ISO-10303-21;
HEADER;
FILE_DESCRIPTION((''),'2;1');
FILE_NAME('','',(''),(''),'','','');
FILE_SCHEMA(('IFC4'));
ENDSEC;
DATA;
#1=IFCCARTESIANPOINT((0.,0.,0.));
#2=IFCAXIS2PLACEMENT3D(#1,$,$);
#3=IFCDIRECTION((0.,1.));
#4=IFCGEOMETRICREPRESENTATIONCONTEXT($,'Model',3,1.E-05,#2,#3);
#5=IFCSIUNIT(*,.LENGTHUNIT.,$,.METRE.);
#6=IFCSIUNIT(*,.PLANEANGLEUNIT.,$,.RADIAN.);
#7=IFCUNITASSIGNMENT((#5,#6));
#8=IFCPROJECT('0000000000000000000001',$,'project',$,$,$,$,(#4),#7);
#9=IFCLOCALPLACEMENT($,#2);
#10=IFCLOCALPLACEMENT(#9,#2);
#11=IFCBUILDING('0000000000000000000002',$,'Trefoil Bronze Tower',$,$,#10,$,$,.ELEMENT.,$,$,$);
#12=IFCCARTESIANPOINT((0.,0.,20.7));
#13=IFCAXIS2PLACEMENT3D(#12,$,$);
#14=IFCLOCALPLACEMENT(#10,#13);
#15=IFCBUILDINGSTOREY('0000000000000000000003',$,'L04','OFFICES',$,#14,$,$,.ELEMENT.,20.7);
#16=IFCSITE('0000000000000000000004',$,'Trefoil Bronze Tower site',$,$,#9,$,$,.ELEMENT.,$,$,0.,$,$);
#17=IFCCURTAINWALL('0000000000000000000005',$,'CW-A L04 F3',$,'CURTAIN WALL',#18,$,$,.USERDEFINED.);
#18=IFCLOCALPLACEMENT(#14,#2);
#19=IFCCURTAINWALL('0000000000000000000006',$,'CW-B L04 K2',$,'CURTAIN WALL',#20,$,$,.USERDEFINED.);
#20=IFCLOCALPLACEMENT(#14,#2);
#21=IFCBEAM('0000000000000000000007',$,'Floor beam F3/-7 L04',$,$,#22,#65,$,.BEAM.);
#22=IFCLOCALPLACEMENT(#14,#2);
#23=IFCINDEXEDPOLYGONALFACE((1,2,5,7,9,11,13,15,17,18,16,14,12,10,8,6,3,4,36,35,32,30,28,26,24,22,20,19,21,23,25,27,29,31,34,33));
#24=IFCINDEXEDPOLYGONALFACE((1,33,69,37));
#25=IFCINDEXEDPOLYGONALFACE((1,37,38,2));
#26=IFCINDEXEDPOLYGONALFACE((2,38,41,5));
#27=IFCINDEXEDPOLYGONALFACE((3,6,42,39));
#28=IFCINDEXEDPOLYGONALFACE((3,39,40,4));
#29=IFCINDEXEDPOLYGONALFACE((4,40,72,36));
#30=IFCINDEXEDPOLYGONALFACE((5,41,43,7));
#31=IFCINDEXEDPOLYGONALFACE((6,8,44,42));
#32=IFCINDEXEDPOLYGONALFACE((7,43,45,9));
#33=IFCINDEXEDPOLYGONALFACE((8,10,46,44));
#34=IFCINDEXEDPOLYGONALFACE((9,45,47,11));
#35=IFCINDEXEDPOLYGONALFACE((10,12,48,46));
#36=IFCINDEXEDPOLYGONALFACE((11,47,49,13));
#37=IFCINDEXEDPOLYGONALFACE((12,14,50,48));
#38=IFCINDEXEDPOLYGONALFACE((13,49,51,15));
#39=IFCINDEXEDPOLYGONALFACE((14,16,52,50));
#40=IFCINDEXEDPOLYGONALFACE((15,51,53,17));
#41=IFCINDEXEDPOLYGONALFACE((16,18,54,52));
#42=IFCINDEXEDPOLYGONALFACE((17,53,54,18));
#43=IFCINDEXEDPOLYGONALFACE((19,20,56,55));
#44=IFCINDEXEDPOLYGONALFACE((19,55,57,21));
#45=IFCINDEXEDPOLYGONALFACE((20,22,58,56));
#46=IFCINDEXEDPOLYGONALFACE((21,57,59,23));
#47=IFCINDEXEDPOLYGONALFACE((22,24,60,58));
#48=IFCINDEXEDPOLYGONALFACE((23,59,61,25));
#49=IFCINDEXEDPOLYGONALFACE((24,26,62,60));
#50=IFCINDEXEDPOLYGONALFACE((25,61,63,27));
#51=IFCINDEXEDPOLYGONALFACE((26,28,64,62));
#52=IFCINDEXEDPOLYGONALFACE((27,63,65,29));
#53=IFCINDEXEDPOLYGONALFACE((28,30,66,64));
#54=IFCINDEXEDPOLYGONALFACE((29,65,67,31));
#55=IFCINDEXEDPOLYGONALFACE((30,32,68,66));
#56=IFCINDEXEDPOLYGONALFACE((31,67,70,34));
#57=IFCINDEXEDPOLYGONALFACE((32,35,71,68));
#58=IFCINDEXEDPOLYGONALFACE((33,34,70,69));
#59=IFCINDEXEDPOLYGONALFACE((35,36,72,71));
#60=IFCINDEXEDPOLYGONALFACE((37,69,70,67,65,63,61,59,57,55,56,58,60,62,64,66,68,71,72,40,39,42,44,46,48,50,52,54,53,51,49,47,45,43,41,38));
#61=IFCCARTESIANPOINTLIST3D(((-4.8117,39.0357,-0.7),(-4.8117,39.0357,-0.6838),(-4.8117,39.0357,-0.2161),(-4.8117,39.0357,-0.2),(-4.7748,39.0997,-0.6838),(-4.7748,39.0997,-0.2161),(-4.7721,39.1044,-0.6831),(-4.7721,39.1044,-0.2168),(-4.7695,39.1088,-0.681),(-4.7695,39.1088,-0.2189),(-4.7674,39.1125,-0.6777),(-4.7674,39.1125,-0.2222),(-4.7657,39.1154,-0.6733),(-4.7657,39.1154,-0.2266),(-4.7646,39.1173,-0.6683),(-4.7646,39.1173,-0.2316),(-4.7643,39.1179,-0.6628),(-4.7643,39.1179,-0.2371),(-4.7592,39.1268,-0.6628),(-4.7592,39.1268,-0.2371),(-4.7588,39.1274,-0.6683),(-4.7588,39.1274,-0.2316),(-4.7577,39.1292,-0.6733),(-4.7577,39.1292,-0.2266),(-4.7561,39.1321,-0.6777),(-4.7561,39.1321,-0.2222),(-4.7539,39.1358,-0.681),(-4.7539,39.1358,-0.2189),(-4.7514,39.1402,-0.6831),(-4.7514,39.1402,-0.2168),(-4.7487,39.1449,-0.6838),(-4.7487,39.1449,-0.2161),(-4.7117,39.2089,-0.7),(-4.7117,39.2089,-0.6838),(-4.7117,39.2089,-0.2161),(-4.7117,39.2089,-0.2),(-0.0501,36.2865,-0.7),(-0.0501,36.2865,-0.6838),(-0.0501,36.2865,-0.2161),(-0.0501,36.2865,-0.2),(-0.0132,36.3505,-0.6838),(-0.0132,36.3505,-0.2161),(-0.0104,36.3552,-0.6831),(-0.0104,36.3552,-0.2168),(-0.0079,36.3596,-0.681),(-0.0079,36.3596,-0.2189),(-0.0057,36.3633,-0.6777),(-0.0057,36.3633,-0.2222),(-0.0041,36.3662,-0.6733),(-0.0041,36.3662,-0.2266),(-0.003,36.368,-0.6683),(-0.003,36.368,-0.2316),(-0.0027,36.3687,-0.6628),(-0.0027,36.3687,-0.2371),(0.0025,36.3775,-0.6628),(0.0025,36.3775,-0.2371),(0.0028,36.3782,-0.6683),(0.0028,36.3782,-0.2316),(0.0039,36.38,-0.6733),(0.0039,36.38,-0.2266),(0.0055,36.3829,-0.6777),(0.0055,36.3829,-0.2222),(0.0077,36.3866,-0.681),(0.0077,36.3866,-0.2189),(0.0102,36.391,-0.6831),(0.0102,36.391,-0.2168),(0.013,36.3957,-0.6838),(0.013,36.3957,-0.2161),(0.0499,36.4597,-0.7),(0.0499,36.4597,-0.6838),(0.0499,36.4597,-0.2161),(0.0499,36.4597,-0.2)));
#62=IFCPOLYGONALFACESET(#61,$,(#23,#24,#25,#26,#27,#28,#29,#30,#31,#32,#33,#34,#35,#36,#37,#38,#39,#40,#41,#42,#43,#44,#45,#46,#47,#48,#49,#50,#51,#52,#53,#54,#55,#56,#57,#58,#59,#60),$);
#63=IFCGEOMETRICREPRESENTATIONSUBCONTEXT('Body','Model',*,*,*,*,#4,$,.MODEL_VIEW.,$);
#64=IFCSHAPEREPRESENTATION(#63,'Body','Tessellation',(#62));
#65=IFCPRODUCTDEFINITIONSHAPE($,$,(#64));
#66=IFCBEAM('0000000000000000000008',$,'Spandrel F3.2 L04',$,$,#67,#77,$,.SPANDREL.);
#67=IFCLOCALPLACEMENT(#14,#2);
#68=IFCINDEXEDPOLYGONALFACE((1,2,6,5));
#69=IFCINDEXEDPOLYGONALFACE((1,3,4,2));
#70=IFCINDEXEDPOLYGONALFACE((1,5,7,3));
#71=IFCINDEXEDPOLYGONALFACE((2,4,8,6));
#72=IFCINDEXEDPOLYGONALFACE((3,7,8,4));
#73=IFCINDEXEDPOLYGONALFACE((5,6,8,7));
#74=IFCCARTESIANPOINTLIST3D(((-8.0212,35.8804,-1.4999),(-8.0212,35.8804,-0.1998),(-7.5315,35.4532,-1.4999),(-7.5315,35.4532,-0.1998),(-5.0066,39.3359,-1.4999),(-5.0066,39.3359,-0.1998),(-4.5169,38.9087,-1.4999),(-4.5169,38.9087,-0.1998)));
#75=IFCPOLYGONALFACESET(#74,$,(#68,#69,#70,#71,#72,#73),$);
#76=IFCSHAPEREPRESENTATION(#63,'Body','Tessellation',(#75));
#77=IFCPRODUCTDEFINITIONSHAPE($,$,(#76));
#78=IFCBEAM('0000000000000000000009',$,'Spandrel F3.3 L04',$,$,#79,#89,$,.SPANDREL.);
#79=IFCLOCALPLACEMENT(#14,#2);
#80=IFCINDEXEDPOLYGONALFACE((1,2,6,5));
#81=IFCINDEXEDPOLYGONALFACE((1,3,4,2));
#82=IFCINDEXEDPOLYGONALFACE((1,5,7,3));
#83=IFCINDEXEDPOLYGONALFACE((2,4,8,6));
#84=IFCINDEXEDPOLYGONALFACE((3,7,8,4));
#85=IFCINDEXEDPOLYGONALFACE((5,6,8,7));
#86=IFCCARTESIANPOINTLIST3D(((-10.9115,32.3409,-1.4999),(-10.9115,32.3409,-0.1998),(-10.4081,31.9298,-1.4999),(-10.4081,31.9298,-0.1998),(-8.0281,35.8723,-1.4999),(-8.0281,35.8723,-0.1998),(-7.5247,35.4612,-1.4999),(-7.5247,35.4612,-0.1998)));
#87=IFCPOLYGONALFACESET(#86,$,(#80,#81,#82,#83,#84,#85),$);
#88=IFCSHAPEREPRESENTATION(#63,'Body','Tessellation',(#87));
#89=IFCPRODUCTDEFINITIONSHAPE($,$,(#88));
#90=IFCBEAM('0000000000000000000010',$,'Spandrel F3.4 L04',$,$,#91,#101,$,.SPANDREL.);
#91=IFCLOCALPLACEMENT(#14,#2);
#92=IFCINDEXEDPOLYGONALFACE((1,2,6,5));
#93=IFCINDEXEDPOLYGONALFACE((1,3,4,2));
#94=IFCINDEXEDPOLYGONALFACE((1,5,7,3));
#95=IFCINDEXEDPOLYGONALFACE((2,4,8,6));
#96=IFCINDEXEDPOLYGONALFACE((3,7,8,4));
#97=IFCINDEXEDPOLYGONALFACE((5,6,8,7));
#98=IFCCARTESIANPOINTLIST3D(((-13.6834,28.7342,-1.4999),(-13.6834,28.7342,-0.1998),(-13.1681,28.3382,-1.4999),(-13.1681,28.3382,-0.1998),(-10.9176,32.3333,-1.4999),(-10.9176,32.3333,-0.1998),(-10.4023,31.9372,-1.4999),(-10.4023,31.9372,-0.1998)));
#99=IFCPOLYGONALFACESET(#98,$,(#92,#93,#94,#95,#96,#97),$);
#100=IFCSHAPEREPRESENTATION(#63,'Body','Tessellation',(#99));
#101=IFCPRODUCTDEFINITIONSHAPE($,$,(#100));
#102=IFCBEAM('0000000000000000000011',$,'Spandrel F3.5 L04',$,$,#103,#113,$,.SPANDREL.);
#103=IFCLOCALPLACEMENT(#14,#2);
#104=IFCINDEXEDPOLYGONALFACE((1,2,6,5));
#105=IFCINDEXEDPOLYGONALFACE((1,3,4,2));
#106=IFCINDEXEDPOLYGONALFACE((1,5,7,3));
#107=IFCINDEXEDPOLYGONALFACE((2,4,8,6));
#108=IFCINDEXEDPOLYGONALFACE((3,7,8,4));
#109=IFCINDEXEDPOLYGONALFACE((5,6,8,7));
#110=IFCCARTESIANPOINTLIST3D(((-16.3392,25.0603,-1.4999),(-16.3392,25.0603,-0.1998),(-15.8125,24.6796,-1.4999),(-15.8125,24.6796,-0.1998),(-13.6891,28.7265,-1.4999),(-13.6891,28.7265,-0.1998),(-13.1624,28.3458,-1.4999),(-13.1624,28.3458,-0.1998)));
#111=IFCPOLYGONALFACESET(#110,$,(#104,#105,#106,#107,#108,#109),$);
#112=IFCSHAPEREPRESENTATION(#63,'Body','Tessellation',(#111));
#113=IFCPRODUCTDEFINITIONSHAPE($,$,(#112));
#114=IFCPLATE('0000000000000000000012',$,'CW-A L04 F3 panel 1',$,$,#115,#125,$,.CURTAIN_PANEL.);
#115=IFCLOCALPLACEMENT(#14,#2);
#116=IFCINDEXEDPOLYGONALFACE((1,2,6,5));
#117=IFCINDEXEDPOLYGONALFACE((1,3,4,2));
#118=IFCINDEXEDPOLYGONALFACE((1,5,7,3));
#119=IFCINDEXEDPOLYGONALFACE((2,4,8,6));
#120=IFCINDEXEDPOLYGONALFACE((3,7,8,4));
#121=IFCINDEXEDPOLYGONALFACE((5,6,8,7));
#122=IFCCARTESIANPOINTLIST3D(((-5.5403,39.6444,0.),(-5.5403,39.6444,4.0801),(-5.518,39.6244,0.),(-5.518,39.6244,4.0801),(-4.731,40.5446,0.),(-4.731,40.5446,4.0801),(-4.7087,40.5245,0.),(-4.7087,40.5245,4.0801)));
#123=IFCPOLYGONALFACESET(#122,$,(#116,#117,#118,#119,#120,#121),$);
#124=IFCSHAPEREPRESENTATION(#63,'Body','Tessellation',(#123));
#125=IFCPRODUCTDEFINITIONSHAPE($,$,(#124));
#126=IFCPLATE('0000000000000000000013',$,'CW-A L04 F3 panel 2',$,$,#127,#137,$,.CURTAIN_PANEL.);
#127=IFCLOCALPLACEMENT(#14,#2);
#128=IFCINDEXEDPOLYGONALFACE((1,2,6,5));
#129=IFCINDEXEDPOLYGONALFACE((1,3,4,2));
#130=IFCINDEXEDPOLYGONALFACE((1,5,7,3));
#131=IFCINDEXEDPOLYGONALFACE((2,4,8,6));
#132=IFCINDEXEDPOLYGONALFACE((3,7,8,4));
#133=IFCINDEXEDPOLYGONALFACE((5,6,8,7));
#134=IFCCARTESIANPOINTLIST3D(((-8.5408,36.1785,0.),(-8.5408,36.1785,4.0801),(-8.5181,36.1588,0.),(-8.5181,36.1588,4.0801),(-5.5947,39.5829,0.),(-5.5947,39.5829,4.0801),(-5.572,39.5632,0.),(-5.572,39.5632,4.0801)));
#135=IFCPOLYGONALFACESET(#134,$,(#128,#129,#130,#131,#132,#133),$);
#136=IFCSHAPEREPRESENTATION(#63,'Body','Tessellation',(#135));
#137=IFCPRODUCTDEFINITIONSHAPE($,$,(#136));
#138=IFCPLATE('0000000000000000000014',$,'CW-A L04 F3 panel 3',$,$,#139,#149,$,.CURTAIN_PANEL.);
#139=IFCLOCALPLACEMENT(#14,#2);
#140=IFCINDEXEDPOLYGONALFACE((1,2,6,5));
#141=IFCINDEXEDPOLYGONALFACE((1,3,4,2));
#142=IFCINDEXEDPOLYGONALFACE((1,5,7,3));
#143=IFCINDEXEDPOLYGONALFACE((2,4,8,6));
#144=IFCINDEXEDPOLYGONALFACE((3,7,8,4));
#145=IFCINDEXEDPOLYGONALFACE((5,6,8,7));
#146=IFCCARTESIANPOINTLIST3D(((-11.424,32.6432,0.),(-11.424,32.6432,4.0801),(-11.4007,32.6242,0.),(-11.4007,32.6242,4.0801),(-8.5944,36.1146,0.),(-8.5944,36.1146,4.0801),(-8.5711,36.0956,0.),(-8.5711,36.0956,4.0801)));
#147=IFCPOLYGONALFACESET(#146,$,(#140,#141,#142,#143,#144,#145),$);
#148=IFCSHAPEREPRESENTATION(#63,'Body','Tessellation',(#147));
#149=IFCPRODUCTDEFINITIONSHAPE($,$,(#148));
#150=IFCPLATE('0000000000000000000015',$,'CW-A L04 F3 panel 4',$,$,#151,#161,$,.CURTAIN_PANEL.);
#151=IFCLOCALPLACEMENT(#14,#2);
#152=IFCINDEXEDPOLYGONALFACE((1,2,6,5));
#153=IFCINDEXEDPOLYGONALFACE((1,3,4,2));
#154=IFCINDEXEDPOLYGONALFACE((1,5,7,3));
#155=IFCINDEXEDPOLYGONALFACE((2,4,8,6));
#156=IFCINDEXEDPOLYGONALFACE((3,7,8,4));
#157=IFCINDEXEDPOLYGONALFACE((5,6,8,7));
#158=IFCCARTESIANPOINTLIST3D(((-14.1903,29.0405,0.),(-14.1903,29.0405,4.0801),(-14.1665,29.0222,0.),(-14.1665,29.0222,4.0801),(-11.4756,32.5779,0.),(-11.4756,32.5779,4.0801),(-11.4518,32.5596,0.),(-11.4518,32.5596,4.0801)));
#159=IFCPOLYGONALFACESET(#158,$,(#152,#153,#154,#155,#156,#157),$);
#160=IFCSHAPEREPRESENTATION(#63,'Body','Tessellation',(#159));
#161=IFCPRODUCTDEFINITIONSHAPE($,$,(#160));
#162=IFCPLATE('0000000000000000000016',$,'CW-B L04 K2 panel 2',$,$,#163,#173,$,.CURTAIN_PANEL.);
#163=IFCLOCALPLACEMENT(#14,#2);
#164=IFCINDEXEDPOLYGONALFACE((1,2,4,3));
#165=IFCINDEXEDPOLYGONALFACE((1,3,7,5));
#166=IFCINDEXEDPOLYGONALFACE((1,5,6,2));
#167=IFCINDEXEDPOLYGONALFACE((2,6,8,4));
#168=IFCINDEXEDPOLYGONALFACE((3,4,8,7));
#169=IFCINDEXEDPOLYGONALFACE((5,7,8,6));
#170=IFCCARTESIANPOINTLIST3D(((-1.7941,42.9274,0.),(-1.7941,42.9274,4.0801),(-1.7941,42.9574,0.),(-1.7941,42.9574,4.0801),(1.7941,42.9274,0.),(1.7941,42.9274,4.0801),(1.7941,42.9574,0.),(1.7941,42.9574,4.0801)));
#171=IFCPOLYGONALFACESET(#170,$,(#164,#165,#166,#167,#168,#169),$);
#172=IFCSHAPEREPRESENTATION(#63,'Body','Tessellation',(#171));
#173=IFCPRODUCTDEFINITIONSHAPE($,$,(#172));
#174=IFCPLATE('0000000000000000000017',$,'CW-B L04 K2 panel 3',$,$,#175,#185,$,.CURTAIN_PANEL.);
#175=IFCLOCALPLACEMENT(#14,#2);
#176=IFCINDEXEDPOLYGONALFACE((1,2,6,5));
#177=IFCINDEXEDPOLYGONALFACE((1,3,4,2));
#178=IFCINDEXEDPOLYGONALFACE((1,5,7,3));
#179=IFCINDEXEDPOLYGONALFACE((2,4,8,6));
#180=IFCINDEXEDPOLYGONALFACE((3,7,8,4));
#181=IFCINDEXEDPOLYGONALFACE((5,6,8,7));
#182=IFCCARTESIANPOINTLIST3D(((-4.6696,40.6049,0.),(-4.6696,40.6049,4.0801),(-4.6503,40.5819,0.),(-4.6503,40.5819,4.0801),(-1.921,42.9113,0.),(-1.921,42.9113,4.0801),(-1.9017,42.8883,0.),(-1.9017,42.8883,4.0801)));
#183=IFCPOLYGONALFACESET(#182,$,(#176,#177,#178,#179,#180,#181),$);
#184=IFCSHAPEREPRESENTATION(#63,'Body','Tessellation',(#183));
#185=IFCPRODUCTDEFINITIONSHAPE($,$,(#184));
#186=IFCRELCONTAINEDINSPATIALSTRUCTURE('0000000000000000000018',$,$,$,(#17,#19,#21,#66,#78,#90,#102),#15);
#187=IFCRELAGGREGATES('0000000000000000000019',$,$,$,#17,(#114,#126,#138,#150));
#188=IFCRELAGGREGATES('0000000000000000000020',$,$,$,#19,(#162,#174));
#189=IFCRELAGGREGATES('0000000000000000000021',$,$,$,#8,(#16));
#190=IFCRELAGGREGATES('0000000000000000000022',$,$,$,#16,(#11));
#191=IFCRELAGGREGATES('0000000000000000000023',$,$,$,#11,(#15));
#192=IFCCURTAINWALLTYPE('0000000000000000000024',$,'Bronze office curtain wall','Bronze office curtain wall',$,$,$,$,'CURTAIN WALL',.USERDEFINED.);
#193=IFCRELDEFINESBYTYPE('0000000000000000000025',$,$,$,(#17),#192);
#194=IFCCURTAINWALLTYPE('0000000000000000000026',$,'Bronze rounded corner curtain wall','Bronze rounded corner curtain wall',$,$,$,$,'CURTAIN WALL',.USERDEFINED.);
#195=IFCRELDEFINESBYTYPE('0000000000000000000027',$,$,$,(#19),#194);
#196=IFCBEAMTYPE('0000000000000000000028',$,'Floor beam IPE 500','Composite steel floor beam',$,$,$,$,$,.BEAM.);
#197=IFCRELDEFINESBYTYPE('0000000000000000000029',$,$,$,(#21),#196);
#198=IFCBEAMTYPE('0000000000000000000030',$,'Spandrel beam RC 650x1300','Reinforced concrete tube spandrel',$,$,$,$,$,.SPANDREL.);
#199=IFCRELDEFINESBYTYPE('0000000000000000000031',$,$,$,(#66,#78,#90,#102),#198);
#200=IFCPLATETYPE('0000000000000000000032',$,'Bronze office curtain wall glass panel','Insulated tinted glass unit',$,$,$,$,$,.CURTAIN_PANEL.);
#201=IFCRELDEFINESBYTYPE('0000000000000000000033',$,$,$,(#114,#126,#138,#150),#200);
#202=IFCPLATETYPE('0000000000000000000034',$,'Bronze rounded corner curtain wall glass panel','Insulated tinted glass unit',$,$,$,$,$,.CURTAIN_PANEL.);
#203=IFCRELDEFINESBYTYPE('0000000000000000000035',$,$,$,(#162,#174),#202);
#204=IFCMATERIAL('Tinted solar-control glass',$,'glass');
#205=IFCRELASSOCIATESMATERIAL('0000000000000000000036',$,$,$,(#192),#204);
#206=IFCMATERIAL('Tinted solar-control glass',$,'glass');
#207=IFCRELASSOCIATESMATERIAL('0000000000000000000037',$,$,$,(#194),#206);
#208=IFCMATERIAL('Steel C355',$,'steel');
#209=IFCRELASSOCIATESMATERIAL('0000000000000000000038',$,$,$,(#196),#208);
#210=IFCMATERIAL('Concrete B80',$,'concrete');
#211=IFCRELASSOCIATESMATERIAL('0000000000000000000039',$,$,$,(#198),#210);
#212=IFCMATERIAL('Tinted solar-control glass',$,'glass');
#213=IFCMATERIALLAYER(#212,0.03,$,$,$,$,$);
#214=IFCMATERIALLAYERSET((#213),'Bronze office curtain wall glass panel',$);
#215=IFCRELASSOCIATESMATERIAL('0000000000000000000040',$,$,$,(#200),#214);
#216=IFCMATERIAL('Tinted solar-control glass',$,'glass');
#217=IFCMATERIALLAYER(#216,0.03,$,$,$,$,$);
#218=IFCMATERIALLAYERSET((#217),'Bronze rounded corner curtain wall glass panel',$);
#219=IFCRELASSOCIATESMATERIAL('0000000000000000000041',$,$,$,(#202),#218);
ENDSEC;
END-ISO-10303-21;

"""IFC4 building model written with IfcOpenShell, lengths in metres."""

from ifc_helpers import new_model, si_unit, direction, frame, origin, origin_2d, place, context, subcontext, project, spatial, rectangle, i_section, extrude, material, layer, layer_set, material_profile, profile_set, type_object, element, aggregate, save


model = new_model("IFC4")

# Units and contexts
model_context = context("Model", 3, precision=1e-05, world=origin(), true_north=direction((0.0, 1.0)))
body_context = subcontext(model_context, "Body", "Model", "MODEL_VIEW")
ifc_project = project(units=[si_unit("LENGTHUNIT", "METRE"), si_unit("PLANEANGLEUNIT", "RADIAN")], contexts=[model_context])

# Site, building, storey
site_placement = place(None, origin())
site = spatial("IfcSite", under=ifc_project, at=site_placement, Name="Trefoil Bronze Tower site", CompositionType="ELEMENT", RefElevation=0.0)
building_placement = place(site_placement, origin())
building = spatial("IfcBuilding", under=site, at=building_placement, Name="Trefoil Bronze Tower", CompositionType="ELEMENT")
storey_placement = place(building_placement, frame((0.0, 0.0, 20.7)))
storey = spatial("IfcBuildingStorey", under=building, at=storey_placement, Name="L04", Description="OFFICES", CompositionType="ELEMENT", Elevation=20.7)

# Curtain walls
ifc_material_1 = material(Name="Tinted solar-control glass", Category="glass")
curtain_wall_type_1 = type_object("IfcCurtainWallType", Name="Bronze office curtain wall", Description="Bronze office curtain wall", ElementType="CURTAIN WALL", PredefinedType="USERDEFINED", material=ifc_material_1)
curtain_wall_1_placement = place(storey_placement, origin())
curtain_wall_1 = element("IfcCurtainWall", 1, at=curtain_wall_1_placement, inside=storey, type_object=curtain_wall_type_1, Name="CW-A L04 F3", ObjectType="CURTAIN WALL", PredefinedType="USERDEFINED")
ifc_material_2 = material(Name="Tinted solar-control glass", Category="glass")
curtain_wall_type_2 = type_object("IfcCurtainWallType", Name="Bronze rounded corner curtain wall", Description="Bronze rounded corner curtain wall", ElementType="CURTAIN WALL", PredefinedType="USERDEFINED", material=ifc_material_2)
curtain_wall_2_placement = place(storey_placement, origin())
curtain_wall_2 = element("IfcCurtainWall", 2, at=curtain_wall_2_placement, inside=storey, type_object=curtain_wall_type_2, Name="CW-B L04 K2", ObjectType="CURTAIN WALL", PredefinedType="USERDEFINED")

# Beams
ifc_material_3 = material(Name="Steel C355", Category="steel")
ifc_material_profile_1 = material_profile(ifc_material_3, i_section(OverallWidth=0.2, OverallDepth=0.5, WebThickness=0.0103, FlangeThickness=0.0161, FilletRadius=0.021, at=origin_2d()), Name="IPE 500")
ifc_profile_set_1 = profile_set([ifc_material_profile_1], Name="Steel C355")
beam_type_1 = type_object("IfcBeamType", Name="Floor beam IPE 500", Description="Composite steel floor beam", PredefinedType="BEAM", material=ifc_profile_set_1)
beam_1_placement = place(storey_placement, frame((-4.7617, 39.1223, -0.45), z_axis=(0.866018, -0.500012, 0.0), x_axis=(0.500012, 0.866018, 0.0)))
element("IfcBeam", 3, at=beam_1_placement, inside=storey, type_object=beam_type_1, Name="Floor beam F3/-7 L04", PredefinedType="BEAM", context=body_context, shape_type="SweptSolid", body=[
    extrude(i_section(OverallWidth=0.2, OverallDepth=0.5, WebThickness=0.0103, FlangeThickness=0.0161, FilletRadius=0.021, at=origin_2d()), origin(), (0.0, 0.0, 1.0), 5.4983),
])
ifc_material_4 = material(Name="Concrete B80", Category="concrete")
ifc_material_profile_2 = material_profile(ifc_material_4, rectangle(XDim=0.6499, YDim=1.3, at=origin_2d()), Name="RC 650x1300")
ifc_profile_set_2 = profile_set([ifc_material_profile_2], Name="Concrete B80")
beam_type_2 = type_object("IfcBeamType", Name="Spandrel beam RC 650x1300", Description="Reinforced concrete tube spandrel", PredefinedType="SPANDREL", material=ifc_profile_set_2)
beam_2_placement = place(storey_placement, frame((-4.7617, 39.1223, -0.8499), z_axis=(-0.657396, -0.753545, 0.0), x_axis=(0.753545, -0.657396, 0.0)))
element("IfcBeam", 4, at=beam_2_placement, inside=storey, type_object=beam_type_2, Name="Spandrel F3.2 L04", PredefinedType="SPANDREL", context=body_context, shape_type="SweptSolid", body=[
    extrude(rectangle(XDim=0.6499, YDim=1.3, at=origin_2d()), origin(), (0.0, 0.0, 1.0), 4.5857),
])
beam_3_placement = place(storey_placement, frame((-7.7764, 35.6667, -0.8499), z_axis=(-0.632468, -0.774587, 0.0), x_axis=(0.774587, -0.632468, 0.0)))
element("IfcBeam", 5, at=beam_3_placement, inside=storey, type_object=beam_type_2, Name="Spandrel F3.3 L04", PredefinedType="SPANDREL", context=body_context, shape_type="SweptSolid", body=[
    extrude(rectangle(XDim=0.6499, YDim=1.3, at=origin_2d()), origin(), (0.0, 0.0, 1.0), 4.5591),
])
beam_4_placement = place(storey_placement, frame((-10.6599, 32.1353, -0.8499), z_axis=(-0.609339, -0.79291, 0.0), x_axis=(0.79291, -0.609339, 0.0)))
element("IfcBeam", 6, at=beam_4_placement, inside=storey, type_object=beam_type_2, Name="Spandrel F3.4 L04", PredefinedType="SPANDREL", context=body_context, shape_type="SweptSolid", body=[
    extrude(rectangle(XDim=0.6499, YDim=1.3, at=origin_2d()), origin(), (0.0, 0.0, 1.0), 4.5391),
])
beam_5_placement = place(storey_placement, frame((-13.4258, 28.5361, -0.8499), z_axis=(-0.585824, -0.810439, 0.0), x_axis=(0.810439, -0.585824, 0.0)))
element("IfcBeam", 7, at=beam_5_placement, inside=storey, type_object=beam_type_2, Name="Spandrel F3.5 L04", PredefinedType="SPANDREL", context=body_context, shape_type="SweptSolid", body=[
    extrude(rectangle(XDim=0.6499, YDim=1.3, at=origin_2d()), origin(), (0.0, 0.0, 1.0), 4.5237),
])

# Plates
ifc_material_5 = material(Name="Tinted solar-control glass", Category="glass")
ifc_layer_1 = layer(ifc_material_5, 0.03)
ifc_layer_set_1 = layer_set([ifc_layer_1], Name="Bronze office curtain wall glass panel")
plate_type_1 = type_object("IfcPlateType", Name="Bronze office curtain wall glass panel", Description="Insulated tinted glass unit", PredefinedType="CURTAIN_PANEL", material=ifc_layer_set_1)
plate_1_placement = place(storey_placement, frame((-5.1245, 40.0845, 0.0), z_axis=(0.0, 0.0, 1.0), x_axis=(-0.668575, -0.743645, 0.0)))
plate_1 = element("IfcPlate", 8, at=plate_1_placement, type_object=plate_type_1, Name="CW-A L04 F3 panel 1", PredefinedType="CURTAIN_PANEL", context=body_context, shape_type="SweptSolid", body=[
    extrude(rectangle(XDim=1.2104, YDim=0.03, at=origin_2d()), origin(), (0.0, 0.0, 1.0), 4.0801),
])
plate_2_placement = place(storey_placement, frame((-7.0564, 37.8708, 0.0), z_axis=(0.0, 0.0, 1.0), x_axis=(-0.654376, -0.756169, 0.0)))
plate_2 = element("IfcPlate", 9, at=plate_2_placement, type_object=plate_type_1, Name="CW-A L04 F3 panel 2", PredefinedType="CURTAIN_PANEL", context=body_context, shape_type="SweptSolid", body=[
    extrude(rectangle(XDim=4.5022, YDim=0.03, at=origin_2d()), origin(), (0.0, 0.0, 1.0), 4.0801),
])
plate_3_placement = place(storey_placement, frame((-9.9976, 34.3694, 0.0), z_axis=(0.0, 0.0, 1.0), x_axis=(-0.631811, -0.775123, 0.0)))
plate_3 = element("IfcPlate", 10, at=plate_3_placement, type_object=plate_type_1, Name="CW-A L04 F3 panel 3", PredefinedType="CURTAIN_PANEL", context=body_context, shape_type="SweptSolid", body=[
    extrude(rectangle(XDim=4.4785, YDim=0.03, at=origin_2d()), origin(), (0.0, 0.0, 1.0), 4.0801),
])
plate_4_placement = place(storey_placement, frame((-12.821, 30.8, 0.0), z_axis=(0.0, 0.0, 1.0), x_axis=(-0.608808, -0.793318, 0.0)))
plate_4 = element("IfcPlate", 11, at=plate_4_placement, type_object=plate_type_1, Name="CW-A L04 F3 panel 4", PredefinedType="CURTAIN_PANEL", context=body_context, shape_type="SweptSolid", body=[
    extrude(rectangle(XDim=4.459, YDim=0.03, at=origin_2d()), origin(), (0.0, 0.0, 1.0), 4.0801),
])
aggregate(curtain_wall_1, [plate_1, plate_2, plate_3, plate_4])
ifc_material_6 = material(Name="Tinted solar-control glass", Category="glass")
ifc_layer_2 = layer(ifc_material_6, 0.03)
ifc_layer_set_2 = layer_set([ifc_layer_2], Name="Bronze rounded corner curtain wall glass panel")
plate_type_2 = type_object("IfcPlateType", Name="Bronze rounded corner curtain wall glass panel", Description="Insulated tinted glass unit", PredefinedType="CURTAIN_PANEL", material=ifc_layer_set_2)
plate_5_placement = place(storey_placement, frame((0.0, 42.9424, 0.0), z_axis=(0.0, 0.0, 1.0), x_axis=(-1.0, 0.0, 0.0)))
plate_5 = element("IfcPlate", 12, at=plate_5_placement, type_object=plate_type_2, Name="CW-B L04 K2 panel 2", PredefinedType="CURTAIN_PANEL", context=body_context, shape_type="SweptSolid", body=[
    extrude(rectangle(XDim=3.5881, YDim=0.03, at=origin_2d()), origin(), (0.0, 0.0, 1.0), 4.0801),
])
plate_6_placement = place(storey_placement, frame((-3.2856, 41.7466, 0.0), z_axis=(0.0, 0.0, 1.0), x_axis=(-0.766044, -0.642788, 0.0)))
plate_6 = element("IfcPlate", 13, at=plate_6_placement, type_object=plate_type_2, Name="CW-B L04 K2 panel 3", PredefinedType="CURTAIN_PANEL", context=body_context, shape_type="SweptSolid", body=[
    extrude(rectangle(XDim=3.5881, YDim=0.03, at=origin_2d()), origin(), (0.0, 0.0, 1.0), 4.0801),
])
aggregate(curtain_wall_2, [plate_5, plate_6])

save(model, "model.ifc")
